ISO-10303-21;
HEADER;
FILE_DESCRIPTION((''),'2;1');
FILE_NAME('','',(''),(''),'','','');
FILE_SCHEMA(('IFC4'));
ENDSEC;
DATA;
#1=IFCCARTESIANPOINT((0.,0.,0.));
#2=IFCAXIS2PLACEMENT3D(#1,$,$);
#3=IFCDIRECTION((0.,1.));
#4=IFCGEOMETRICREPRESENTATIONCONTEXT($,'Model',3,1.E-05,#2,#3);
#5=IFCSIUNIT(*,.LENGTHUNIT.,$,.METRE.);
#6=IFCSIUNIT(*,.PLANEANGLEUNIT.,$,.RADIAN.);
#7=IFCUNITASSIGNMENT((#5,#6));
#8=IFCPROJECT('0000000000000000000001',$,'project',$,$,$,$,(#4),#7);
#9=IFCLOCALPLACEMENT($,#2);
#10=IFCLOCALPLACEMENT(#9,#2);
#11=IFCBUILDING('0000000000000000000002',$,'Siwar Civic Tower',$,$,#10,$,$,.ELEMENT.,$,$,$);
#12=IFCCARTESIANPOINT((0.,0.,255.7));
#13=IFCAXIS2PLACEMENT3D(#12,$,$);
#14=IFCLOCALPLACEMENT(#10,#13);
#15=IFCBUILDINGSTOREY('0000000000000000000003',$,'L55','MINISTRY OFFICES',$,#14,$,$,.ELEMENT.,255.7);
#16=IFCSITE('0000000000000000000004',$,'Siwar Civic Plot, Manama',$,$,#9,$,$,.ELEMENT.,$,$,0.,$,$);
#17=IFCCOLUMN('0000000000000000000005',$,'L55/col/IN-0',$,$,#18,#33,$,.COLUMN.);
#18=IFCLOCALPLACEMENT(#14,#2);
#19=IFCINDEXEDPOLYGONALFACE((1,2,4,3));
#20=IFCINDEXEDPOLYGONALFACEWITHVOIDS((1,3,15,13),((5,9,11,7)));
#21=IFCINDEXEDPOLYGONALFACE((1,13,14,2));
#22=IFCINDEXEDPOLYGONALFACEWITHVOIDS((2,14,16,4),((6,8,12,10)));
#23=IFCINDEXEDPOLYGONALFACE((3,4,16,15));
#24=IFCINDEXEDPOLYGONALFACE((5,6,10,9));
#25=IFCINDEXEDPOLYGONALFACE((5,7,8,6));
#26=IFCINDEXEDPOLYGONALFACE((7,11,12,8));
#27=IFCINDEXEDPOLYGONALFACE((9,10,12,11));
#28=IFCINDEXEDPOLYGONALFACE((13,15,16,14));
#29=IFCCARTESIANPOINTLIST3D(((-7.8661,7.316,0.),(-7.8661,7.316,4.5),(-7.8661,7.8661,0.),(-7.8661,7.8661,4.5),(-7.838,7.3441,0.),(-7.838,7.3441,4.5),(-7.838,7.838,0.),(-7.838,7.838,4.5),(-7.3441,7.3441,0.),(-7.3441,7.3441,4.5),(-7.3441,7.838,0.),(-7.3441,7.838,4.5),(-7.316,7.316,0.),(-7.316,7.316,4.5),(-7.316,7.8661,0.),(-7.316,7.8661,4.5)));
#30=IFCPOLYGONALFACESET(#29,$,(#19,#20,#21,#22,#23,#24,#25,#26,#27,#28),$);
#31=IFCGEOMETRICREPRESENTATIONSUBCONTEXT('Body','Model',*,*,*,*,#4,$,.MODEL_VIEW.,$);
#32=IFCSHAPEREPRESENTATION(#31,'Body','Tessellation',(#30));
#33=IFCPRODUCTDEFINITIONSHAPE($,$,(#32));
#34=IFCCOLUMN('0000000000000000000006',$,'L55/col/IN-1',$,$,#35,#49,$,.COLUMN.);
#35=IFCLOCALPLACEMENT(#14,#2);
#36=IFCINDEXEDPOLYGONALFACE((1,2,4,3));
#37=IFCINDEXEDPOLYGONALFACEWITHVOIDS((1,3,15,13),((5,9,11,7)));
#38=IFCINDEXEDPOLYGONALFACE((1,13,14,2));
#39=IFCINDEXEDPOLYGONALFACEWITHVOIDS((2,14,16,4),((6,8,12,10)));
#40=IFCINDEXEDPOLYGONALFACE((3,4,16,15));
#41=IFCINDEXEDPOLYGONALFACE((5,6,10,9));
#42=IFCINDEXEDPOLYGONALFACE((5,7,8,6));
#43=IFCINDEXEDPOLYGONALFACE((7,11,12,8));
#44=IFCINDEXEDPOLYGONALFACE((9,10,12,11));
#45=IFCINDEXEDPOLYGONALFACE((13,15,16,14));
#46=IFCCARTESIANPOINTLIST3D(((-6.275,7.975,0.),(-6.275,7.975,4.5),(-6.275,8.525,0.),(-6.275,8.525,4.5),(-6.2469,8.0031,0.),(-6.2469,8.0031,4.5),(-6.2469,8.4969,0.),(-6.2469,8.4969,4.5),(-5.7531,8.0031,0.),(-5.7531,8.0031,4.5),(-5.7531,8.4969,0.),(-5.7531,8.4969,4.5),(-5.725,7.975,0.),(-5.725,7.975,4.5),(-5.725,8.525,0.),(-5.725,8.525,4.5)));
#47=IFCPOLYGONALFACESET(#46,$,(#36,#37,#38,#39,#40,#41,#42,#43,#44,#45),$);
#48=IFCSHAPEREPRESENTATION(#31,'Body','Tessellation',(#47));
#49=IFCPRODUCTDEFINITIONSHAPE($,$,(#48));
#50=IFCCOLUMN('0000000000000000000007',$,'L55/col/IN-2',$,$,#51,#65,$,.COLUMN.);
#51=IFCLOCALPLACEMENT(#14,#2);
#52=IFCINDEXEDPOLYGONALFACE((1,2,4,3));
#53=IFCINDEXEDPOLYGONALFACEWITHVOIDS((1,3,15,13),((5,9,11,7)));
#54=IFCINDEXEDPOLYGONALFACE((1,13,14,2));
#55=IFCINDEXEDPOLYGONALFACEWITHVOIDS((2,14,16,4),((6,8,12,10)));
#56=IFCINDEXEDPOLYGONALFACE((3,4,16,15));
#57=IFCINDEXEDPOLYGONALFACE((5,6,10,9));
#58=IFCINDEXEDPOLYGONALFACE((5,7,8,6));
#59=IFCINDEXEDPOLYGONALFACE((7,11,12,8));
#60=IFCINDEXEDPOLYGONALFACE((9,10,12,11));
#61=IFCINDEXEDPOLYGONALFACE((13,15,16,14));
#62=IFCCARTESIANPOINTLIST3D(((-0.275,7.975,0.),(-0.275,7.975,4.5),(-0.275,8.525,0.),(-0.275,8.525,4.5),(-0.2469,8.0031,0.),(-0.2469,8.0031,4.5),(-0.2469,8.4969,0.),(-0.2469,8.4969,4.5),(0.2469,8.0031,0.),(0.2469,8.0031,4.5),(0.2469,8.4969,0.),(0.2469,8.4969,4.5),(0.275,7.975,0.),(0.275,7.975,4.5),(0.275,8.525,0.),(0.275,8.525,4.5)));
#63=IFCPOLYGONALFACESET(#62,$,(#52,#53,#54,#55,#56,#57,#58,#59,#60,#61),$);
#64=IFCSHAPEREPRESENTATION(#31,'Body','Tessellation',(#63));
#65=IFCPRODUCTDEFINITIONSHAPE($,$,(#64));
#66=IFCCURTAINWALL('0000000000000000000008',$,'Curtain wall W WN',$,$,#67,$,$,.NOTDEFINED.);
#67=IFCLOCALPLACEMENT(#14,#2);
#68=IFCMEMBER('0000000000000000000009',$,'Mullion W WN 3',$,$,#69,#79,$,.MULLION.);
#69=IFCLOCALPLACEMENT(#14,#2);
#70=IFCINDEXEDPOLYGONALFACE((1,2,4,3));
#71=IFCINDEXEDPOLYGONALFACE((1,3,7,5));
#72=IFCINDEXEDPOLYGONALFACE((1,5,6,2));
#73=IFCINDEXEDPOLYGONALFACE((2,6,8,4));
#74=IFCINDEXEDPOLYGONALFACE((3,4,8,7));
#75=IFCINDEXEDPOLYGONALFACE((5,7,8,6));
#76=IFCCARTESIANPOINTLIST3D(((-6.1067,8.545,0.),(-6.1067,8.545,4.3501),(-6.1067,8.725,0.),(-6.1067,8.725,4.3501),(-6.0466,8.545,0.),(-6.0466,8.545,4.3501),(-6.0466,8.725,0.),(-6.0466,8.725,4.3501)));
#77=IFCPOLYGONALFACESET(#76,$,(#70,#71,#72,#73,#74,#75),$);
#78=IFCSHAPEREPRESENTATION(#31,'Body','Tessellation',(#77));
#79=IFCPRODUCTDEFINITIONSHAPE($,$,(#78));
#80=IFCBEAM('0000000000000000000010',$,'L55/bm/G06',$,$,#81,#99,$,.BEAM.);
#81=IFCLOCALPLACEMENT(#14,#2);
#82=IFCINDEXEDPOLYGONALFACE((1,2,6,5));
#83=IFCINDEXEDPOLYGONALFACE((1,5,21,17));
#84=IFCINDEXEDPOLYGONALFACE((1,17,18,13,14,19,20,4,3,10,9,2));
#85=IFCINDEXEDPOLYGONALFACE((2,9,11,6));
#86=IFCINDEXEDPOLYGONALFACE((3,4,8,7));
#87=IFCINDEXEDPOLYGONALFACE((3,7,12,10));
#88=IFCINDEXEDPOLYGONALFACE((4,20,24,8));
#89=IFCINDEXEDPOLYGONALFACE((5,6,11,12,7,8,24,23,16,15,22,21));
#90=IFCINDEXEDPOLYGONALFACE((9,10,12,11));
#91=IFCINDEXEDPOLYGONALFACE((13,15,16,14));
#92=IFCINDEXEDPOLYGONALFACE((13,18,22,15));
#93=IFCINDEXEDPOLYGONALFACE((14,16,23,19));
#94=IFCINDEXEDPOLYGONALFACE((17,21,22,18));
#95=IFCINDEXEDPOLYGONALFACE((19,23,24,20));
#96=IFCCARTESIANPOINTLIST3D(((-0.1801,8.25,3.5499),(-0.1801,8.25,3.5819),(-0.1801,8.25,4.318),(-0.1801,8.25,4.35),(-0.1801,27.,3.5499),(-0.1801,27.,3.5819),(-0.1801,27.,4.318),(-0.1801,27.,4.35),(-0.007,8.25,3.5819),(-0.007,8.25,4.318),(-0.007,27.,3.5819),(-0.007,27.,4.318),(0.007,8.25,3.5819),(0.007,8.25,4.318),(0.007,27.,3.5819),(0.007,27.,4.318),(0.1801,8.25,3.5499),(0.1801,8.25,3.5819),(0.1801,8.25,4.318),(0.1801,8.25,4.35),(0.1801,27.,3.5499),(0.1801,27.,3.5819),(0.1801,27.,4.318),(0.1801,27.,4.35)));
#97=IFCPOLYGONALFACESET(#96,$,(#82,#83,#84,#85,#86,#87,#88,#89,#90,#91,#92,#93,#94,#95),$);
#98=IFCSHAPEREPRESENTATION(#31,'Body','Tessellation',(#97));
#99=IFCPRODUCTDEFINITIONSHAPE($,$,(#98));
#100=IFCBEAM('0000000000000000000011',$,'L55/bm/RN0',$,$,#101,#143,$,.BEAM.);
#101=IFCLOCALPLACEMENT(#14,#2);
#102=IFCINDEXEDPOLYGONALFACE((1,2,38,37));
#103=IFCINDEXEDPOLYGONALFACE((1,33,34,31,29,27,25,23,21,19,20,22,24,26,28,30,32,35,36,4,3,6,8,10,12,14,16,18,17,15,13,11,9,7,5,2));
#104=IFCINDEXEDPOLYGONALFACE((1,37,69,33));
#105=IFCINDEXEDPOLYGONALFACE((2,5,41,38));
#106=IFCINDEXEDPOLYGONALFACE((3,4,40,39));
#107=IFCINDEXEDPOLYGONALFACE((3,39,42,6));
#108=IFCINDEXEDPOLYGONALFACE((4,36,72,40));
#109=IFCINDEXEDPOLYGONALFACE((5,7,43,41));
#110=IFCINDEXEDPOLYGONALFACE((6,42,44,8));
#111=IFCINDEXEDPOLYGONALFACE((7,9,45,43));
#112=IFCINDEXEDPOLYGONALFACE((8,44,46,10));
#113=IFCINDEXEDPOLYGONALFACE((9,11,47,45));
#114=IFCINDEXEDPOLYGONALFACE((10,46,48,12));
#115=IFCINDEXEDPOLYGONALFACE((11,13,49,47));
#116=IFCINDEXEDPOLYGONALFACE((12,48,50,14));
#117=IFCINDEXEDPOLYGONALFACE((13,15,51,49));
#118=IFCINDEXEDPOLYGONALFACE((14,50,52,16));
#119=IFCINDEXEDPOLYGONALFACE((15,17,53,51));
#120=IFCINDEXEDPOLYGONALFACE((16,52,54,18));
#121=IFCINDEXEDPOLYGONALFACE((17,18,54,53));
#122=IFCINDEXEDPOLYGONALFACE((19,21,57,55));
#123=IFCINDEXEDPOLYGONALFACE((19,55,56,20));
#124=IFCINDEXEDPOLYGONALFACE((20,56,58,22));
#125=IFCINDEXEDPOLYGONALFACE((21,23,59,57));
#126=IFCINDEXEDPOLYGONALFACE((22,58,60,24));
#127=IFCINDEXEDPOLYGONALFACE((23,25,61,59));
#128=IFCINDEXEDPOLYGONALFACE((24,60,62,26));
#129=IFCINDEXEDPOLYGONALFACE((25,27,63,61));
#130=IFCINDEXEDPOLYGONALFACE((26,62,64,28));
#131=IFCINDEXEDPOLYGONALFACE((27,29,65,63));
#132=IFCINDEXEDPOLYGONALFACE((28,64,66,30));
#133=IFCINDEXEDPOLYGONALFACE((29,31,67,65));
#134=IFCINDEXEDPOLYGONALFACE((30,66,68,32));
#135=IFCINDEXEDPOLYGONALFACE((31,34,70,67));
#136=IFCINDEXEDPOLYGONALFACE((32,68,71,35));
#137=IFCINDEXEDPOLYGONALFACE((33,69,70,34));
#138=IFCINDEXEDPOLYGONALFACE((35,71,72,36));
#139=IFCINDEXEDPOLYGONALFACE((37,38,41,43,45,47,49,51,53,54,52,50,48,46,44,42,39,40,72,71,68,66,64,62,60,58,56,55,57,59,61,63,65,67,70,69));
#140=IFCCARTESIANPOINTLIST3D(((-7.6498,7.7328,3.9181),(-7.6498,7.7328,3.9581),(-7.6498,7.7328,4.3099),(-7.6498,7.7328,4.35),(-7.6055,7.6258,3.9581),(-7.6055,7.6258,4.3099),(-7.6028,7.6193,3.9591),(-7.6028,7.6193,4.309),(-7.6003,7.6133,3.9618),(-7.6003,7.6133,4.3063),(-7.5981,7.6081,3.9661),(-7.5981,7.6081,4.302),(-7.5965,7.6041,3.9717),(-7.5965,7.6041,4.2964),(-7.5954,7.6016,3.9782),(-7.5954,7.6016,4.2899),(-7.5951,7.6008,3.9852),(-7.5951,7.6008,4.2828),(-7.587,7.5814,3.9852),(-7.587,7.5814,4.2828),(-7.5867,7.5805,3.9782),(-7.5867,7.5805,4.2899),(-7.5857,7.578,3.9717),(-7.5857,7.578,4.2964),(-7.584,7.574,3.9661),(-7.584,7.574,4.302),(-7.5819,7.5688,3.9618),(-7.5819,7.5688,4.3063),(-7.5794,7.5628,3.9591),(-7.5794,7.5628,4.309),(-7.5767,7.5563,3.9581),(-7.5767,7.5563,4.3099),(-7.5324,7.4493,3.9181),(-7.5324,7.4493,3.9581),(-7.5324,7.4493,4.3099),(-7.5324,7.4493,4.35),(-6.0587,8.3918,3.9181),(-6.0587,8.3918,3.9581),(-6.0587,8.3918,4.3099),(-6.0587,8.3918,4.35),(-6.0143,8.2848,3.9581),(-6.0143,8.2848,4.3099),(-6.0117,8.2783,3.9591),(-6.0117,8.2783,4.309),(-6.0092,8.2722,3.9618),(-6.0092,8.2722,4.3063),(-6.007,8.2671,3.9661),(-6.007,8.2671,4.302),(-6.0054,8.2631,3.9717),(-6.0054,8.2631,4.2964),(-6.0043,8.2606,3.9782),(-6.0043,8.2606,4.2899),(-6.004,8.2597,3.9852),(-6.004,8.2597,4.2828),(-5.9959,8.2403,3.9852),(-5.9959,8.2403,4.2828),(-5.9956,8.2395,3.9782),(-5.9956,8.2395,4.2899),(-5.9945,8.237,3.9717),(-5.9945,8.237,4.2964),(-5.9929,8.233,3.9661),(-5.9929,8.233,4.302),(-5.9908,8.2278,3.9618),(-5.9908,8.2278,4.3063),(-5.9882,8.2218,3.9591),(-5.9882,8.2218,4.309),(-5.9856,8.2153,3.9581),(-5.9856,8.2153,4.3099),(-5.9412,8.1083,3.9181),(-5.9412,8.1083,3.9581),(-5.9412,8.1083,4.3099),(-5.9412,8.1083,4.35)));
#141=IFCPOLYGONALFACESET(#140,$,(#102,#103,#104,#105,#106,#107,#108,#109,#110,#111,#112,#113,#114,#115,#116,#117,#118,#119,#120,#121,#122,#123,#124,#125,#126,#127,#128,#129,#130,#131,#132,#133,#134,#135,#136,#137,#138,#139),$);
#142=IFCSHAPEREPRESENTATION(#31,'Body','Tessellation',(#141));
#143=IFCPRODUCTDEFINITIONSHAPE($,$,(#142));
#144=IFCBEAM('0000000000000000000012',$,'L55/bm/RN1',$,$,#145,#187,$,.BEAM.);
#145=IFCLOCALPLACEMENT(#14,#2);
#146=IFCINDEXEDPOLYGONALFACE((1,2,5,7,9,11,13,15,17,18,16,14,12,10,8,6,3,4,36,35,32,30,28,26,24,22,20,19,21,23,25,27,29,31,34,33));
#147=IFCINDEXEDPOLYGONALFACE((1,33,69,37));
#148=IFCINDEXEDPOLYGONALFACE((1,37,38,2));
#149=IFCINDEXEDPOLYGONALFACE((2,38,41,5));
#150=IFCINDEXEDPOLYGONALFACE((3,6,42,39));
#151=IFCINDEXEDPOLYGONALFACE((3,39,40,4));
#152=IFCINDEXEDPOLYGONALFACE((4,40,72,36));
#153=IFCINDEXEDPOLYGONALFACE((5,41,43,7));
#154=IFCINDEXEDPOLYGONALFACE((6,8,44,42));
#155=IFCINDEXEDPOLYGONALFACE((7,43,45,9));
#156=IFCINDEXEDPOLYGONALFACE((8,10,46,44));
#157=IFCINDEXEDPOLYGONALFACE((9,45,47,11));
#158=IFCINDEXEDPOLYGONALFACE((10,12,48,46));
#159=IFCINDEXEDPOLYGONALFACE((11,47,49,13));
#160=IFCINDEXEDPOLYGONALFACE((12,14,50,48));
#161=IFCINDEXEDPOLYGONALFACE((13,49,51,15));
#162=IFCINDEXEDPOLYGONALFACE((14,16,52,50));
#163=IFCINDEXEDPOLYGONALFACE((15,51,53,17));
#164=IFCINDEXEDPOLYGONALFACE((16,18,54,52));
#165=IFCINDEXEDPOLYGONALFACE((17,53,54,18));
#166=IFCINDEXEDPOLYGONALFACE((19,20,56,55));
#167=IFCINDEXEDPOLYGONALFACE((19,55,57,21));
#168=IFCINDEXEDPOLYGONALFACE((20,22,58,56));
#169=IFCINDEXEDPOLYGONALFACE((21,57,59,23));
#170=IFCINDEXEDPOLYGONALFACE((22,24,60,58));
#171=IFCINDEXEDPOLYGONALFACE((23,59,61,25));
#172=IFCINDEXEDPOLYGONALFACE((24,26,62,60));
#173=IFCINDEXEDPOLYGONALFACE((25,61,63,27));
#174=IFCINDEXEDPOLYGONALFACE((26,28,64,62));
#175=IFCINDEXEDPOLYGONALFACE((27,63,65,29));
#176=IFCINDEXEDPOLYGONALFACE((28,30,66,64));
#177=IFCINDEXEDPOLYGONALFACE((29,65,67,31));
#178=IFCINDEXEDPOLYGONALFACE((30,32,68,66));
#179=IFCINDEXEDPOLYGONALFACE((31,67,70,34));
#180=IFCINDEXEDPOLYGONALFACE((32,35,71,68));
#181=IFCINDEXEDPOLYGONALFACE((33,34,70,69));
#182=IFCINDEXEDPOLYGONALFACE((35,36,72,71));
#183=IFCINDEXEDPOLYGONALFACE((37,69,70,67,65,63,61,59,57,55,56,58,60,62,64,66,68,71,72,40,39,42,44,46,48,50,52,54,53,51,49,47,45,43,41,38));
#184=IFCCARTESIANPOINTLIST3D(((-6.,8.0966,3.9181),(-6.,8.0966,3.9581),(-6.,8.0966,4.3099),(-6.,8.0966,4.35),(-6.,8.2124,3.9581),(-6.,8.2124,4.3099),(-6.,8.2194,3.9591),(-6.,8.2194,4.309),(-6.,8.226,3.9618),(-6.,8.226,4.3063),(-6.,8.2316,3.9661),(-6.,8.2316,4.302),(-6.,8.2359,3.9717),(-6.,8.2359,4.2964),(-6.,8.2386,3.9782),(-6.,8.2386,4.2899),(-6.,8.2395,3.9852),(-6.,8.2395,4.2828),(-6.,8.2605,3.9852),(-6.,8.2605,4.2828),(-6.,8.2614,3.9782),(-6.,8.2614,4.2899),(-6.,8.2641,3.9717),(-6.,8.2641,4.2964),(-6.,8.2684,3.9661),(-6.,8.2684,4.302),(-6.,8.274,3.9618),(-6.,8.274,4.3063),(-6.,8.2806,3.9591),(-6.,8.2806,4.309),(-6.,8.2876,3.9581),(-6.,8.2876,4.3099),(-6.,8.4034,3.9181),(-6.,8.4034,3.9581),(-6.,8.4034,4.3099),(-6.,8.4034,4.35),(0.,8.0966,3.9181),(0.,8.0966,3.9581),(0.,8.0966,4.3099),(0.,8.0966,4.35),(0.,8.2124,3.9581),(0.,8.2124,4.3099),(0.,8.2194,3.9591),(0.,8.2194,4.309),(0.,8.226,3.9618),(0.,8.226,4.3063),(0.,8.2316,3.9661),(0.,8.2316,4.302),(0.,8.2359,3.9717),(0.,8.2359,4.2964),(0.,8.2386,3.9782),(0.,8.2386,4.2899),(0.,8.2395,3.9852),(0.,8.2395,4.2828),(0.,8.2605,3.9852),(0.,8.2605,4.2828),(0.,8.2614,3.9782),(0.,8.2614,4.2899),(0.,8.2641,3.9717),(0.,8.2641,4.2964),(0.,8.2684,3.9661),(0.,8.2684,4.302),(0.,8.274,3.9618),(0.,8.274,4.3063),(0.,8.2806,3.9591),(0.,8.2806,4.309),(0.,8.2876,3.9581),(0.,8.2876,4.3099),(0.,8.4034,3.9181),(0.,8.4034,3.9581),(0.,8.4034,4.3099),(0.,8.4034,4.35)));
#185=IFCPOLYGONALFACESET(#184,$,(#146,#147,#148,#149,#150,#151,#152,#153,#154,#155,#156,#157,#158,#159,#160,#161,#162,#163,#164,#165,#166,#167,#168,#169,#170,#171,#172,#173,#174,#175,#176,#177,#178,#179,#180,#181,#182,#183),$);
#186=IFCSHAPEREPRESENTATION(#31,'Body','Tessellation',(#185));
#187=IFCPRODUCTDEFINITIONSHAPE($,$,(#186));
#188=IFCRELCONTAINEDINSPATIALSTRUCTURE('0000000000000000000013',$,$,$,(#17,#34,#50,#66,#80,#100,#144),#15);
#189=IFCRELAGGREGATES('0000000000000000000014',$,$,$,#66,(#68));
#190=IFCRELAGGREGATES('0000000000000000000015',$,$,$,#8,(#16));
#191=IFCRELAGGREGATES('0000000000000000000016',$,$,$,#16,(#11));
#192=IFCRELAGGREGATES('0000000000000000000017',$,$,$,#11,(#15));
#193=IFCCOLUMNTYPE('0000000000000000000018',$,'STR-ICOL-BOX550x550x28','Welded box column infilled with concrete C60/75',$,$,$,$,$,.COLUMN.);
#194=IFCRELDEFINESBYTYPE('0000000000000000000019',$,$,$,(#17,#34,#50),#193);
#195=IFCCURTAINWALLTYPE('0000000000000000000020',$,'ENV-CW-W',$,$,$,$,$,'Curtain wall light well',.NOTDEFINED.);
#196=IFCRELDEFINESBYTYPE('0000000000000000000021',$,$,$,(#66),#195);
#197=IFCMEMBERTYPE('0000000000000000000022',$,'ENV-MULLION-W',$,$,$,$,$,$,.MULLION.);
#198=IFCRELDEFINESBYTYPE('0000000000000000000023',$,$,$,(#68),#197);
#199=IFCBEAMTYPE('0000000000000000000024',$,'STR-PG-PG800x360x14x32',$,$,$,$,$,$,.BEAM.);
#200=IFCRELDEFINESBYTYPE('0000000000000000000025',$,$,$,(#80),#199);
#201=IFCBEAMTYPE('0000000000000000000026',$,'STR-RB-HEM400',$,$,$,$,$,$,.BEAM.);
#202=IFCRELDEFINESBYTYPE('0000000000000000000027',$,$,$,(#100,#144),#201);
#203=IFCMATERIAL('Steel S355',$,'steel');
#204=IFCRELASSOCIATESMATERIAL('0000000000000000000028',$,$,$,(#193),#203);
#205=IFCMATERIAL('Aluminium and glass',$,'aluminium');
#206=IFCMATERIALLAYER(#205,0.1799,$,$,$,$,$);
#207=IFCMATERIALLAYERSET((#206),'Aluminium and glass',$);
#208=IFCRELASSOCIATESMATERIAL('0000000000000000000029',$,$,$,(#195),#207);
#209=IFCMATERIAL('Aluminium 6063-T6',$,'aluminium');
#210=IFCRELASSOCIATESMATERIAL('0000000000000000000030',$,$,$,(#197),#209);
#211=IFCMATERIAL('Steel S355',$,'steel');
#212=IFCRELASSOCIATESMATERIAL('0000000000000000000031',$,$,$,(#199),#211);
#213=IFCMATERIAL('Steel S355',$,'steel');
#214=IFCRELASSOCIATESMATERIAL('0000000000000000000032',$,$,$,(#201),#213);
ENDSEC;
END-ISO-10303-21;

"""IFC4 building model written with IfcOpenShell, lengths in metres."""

from ifc_helpers import new_model, si_unit, direction, frame, origin, origin_2d, place, context, subcontext, project, spatial, rectangle, hollow_rectangle, i_section, extrude, material, layer, layer_set, material_profile, profile_set, type_object, element, aggregate, save


model = new_model("IFC4")

# Units and contexts
model_context = context("Model", 3, precision=1e-05, world=origin(), true_north=direction((0.0, 1.0)))
body_context = subcontext(model_context, "Body", "Model", "MODEL_VIEW")
ifc_project = project(units=[si_unit("LENGTHUNIT", "METRE"), si_unit("PLANEANGLEUNIT", "RADIAN")], contexts=[model_context])

# Site, building, storey
site_placement = place(None, origin())
site = spatial("IfcSite", under=ifc_project, at=site_placement, Name="Siwar Civic Plot, Manama", CompositionType="ELEMENT", RefElevation=0.0)
building_placement = place(site_placement, origin())
building = spatial("IfcBuilding", under=site, at=building_placement, Name="Siwar Civic Tower", CompositionType="ELEMENT")
storey_placement = place(building_placement, frame((0.0, 0.0, 255.7)))
storey = spatial("IfcBuildingStorey", under=building, at=storey_placement, Name="L55", Description="MINISTRY OFFICES", CompositionType="ELEMENT", Elevation=255.7)

# Columns
ifc_material_1 = material(Name="Steel S355", Category="steel")
ifc_material_profile_1 = material_profile(ifc_material_1, hollow_rectangle(XDim=0.55, YDim=0.55, WallThickness=0.0281, at=origin_2d()), Name="BOX550x550x28")
ifc_profile_set_1 = profile_set([ifc_material_profile_1], Name="Steel S355")
column_type = type_object("IfcColumnType", Name="STR-ICOL-BOX550x550x28", Description="Welded box column infilled with concrete C60/75", PredefinedType="COLUMN", material=ifc_profile_set_1)
for number, where, z_axis, x_axis, name in (
    (1, (-7.5911, 7.5911, 0.0), (0.0, 0.0, 1.0), (1.0, 0.0, 0.0), "L55/col/IN-0"),
    (2, (-6.0, 8.25, 0.0), (0.0, 0.0, 1.0), (1.0, 0.0, 0.0), "L55/col/IN-1"),
    (3, (0.0, 8.25, 0.0), (0.0, 0.0, 1.0), (1.0, 0.0, 0.0), "L55/col/IN-2"),
):
    element("IfcColumn", number, at=place(storey_placement, frame(where, z_axis=z_axis, x_axis=x_axis)), inside=storey, type_object=column_type, Name=name, PredefinedType="COLUMN", context=body_context, shape_type="SweptSolid", body=[
        extrude(hollow_rectangle(XDim=0.55, YDim=0.55, WallThickness=0.0281, at=origin_2d()), origin(), (0.0, 0.0, 1.0), 4.5),
    ])

# Curtain wall, member
ifc_material_2 = material(Name="Aluminium and glass", Category="aluminium")
ifc_layer_1 = layer(ifc_material_2, 0.1799)
ifc_layer_set_1 = layer_set([ifc_layer_1], Name="Aluminium and glass")
curtain_wall_type = type_object("IfcCurtainWallType", Name="ENV-CW-W", ElementType="Curtain wall light well", PredefinedType="NOTDEFINED", material=ifc_layer_set_1)
curtain_wall_placement = place(storey_placement, origin())
curtain_wall = element("IfcCurtainWall", 4, at=curtain_wall_placement, inside=storey, type_object=curtain_wall_type, Name="Curtain wall W WN", PredefinedType="NOTDEFINED")
ifc_material_3 = material(Name="Aluminium 6063-T6", Category="aluminium")
ifc_material_profile_2 = material_profile(ifc_material_3, rectangle(XDim=0.1799, YDim=0.0601, at=origin_2d()), Name="AL 180x60")
ifc_profile_set_2 = profile_set([ifc_material_profile_2], Name="Aluminium 6063-T6")
member_type = type_object("IfcMemberType", Name="ENV-MULLION-W", PredefinedType="MULLION", material=ifc_profile_set_2)
member_placement = place(storey_placement, frame((-6.0767, 8.635, 0.0), z_axis=(0.0, 0.0, 1.0), x_axis=(0.0, -1.0, 0.0)))
member = element("IfcMember", 5, at=member_placement, type_object=member_type, Name="Mullion W WN 3", PredefinedType="MULLION", context=body_context, shape_type="SweptSolid", body=[
    extrude(rectangle(XDim=0.1799, YDim=0.0601, at=origin_2d()), origin(), (0.0, 0.0, 1.0), 4.3501),
])

# Beams
ifc_material_4 = material(Name="Steel S355", Category="steel")
ifc_material_profile_3 = material_profile(ifc_material_4, i_section(OverallWidth=0.3601, OverallDepth=0.8, WebThickness=0.0139, FlangeThickness=0.032, at=origin_2d()), Name="PG800x360x14x32")
ifc_profile_set_3 = profile_set([ifc_material_profile_3], Name="Steel S355")
beam_type_1 = type_object("IfcBeamType", Name="STR-PG-PG800x360x14x32", PredefinedType="BEAM", material=ifc_profile_set_3)
beam_1_placement = place(storey_placement, frame((0.0, 8.25, 3.95), z_axis=(0.0, 1.0, 0.0), x_axis=(-1.0, 0.0, 0.0)))
element("IfcBeam", 6, at=beam_1_placement, inside=storey, type_object=beam_type_1, Name="L55/bm/G06", PredefinedType="BEAM", context=body_context, shape_type="SweptSolid", body=[
    extrude(i_section(OverallWidth=0.3601, OverallDepth=0.8, WebThickness=0.0139, FlangeThickness=0.032, at=origin_2d()), origin(), (0.0, 0.0, 1.0), 18.75),
])
ifc_material_5 = material(Name="Steel S355", Category="steel")
ifc_material_profile_4 = material_profile(ifc_material_5, i_section(OverallWidth=0.3069, OverallDepth=0.4319, WebThickness=0.021, FlangeThickness=0.04, FilletRadius=0.0271, at=origin_2d()), Name="HEM400")
ifc_profile_set_4 = profile_set([ifc_material_profile_4], Name="Steel S355")
beam_type_2 = type_object("IfcBeamType", Name="STR-RB-HEM400", PredefinedType="BEAM", material=ifc_profile_set_4)
beam_2_placement = place(storey_placement, frame((-7.5911, 7.5911, 4.134), z_axis=(0.923901, 0.382631, 0.0), x_axis=(-0.382631, 0.923901, 0.0)))
element("IfcBeam", 7, at=beam_2_placement, inside=storey, type_object=beam_type_2, Name="L55/bm/RN0", PredefinedType="BEAM", context=body_context, shape_type="SweptSolid", body=[
    extrude(i_section(OverallWidth=0.3069, OverallDepth=0.4319, WebThickness=0.021, FlangeThickness=0.04, FilletRadius=0.0271, at=origin_2d()), origin(), (0.0, 0.0, 1.0), 1.7222),
])
for number, where, z_axis, x_axis, name in (
    (8, (-6.0, 8.25, 4.134), (1.0, 0.0, 0.0), (0.0, 1.0, 0.0), "L55/bm/RN1"),
):
    element("IfcBeam", number, at=place(storey_placement, frame(where, z_axis=z_axis, x_axis=x_axis)), inside=storey, type_object=beam_type_2, Name=name, PredefinedType="BEAM", context=body_context, shape_type="SweptSolid", body=[
        extrude(i_section(OverallWidth=0.3069, OverallDepth=0.4319, WebThickness=0.021, FlangeThickness=0.04, FilletRadius=0.0271, at=origin_2d()), origin(), (0.0, 0.0, 1.0), 6.0),
    ])

aggregate(curtain_wall, [member])

save(model, "model.ifc")
